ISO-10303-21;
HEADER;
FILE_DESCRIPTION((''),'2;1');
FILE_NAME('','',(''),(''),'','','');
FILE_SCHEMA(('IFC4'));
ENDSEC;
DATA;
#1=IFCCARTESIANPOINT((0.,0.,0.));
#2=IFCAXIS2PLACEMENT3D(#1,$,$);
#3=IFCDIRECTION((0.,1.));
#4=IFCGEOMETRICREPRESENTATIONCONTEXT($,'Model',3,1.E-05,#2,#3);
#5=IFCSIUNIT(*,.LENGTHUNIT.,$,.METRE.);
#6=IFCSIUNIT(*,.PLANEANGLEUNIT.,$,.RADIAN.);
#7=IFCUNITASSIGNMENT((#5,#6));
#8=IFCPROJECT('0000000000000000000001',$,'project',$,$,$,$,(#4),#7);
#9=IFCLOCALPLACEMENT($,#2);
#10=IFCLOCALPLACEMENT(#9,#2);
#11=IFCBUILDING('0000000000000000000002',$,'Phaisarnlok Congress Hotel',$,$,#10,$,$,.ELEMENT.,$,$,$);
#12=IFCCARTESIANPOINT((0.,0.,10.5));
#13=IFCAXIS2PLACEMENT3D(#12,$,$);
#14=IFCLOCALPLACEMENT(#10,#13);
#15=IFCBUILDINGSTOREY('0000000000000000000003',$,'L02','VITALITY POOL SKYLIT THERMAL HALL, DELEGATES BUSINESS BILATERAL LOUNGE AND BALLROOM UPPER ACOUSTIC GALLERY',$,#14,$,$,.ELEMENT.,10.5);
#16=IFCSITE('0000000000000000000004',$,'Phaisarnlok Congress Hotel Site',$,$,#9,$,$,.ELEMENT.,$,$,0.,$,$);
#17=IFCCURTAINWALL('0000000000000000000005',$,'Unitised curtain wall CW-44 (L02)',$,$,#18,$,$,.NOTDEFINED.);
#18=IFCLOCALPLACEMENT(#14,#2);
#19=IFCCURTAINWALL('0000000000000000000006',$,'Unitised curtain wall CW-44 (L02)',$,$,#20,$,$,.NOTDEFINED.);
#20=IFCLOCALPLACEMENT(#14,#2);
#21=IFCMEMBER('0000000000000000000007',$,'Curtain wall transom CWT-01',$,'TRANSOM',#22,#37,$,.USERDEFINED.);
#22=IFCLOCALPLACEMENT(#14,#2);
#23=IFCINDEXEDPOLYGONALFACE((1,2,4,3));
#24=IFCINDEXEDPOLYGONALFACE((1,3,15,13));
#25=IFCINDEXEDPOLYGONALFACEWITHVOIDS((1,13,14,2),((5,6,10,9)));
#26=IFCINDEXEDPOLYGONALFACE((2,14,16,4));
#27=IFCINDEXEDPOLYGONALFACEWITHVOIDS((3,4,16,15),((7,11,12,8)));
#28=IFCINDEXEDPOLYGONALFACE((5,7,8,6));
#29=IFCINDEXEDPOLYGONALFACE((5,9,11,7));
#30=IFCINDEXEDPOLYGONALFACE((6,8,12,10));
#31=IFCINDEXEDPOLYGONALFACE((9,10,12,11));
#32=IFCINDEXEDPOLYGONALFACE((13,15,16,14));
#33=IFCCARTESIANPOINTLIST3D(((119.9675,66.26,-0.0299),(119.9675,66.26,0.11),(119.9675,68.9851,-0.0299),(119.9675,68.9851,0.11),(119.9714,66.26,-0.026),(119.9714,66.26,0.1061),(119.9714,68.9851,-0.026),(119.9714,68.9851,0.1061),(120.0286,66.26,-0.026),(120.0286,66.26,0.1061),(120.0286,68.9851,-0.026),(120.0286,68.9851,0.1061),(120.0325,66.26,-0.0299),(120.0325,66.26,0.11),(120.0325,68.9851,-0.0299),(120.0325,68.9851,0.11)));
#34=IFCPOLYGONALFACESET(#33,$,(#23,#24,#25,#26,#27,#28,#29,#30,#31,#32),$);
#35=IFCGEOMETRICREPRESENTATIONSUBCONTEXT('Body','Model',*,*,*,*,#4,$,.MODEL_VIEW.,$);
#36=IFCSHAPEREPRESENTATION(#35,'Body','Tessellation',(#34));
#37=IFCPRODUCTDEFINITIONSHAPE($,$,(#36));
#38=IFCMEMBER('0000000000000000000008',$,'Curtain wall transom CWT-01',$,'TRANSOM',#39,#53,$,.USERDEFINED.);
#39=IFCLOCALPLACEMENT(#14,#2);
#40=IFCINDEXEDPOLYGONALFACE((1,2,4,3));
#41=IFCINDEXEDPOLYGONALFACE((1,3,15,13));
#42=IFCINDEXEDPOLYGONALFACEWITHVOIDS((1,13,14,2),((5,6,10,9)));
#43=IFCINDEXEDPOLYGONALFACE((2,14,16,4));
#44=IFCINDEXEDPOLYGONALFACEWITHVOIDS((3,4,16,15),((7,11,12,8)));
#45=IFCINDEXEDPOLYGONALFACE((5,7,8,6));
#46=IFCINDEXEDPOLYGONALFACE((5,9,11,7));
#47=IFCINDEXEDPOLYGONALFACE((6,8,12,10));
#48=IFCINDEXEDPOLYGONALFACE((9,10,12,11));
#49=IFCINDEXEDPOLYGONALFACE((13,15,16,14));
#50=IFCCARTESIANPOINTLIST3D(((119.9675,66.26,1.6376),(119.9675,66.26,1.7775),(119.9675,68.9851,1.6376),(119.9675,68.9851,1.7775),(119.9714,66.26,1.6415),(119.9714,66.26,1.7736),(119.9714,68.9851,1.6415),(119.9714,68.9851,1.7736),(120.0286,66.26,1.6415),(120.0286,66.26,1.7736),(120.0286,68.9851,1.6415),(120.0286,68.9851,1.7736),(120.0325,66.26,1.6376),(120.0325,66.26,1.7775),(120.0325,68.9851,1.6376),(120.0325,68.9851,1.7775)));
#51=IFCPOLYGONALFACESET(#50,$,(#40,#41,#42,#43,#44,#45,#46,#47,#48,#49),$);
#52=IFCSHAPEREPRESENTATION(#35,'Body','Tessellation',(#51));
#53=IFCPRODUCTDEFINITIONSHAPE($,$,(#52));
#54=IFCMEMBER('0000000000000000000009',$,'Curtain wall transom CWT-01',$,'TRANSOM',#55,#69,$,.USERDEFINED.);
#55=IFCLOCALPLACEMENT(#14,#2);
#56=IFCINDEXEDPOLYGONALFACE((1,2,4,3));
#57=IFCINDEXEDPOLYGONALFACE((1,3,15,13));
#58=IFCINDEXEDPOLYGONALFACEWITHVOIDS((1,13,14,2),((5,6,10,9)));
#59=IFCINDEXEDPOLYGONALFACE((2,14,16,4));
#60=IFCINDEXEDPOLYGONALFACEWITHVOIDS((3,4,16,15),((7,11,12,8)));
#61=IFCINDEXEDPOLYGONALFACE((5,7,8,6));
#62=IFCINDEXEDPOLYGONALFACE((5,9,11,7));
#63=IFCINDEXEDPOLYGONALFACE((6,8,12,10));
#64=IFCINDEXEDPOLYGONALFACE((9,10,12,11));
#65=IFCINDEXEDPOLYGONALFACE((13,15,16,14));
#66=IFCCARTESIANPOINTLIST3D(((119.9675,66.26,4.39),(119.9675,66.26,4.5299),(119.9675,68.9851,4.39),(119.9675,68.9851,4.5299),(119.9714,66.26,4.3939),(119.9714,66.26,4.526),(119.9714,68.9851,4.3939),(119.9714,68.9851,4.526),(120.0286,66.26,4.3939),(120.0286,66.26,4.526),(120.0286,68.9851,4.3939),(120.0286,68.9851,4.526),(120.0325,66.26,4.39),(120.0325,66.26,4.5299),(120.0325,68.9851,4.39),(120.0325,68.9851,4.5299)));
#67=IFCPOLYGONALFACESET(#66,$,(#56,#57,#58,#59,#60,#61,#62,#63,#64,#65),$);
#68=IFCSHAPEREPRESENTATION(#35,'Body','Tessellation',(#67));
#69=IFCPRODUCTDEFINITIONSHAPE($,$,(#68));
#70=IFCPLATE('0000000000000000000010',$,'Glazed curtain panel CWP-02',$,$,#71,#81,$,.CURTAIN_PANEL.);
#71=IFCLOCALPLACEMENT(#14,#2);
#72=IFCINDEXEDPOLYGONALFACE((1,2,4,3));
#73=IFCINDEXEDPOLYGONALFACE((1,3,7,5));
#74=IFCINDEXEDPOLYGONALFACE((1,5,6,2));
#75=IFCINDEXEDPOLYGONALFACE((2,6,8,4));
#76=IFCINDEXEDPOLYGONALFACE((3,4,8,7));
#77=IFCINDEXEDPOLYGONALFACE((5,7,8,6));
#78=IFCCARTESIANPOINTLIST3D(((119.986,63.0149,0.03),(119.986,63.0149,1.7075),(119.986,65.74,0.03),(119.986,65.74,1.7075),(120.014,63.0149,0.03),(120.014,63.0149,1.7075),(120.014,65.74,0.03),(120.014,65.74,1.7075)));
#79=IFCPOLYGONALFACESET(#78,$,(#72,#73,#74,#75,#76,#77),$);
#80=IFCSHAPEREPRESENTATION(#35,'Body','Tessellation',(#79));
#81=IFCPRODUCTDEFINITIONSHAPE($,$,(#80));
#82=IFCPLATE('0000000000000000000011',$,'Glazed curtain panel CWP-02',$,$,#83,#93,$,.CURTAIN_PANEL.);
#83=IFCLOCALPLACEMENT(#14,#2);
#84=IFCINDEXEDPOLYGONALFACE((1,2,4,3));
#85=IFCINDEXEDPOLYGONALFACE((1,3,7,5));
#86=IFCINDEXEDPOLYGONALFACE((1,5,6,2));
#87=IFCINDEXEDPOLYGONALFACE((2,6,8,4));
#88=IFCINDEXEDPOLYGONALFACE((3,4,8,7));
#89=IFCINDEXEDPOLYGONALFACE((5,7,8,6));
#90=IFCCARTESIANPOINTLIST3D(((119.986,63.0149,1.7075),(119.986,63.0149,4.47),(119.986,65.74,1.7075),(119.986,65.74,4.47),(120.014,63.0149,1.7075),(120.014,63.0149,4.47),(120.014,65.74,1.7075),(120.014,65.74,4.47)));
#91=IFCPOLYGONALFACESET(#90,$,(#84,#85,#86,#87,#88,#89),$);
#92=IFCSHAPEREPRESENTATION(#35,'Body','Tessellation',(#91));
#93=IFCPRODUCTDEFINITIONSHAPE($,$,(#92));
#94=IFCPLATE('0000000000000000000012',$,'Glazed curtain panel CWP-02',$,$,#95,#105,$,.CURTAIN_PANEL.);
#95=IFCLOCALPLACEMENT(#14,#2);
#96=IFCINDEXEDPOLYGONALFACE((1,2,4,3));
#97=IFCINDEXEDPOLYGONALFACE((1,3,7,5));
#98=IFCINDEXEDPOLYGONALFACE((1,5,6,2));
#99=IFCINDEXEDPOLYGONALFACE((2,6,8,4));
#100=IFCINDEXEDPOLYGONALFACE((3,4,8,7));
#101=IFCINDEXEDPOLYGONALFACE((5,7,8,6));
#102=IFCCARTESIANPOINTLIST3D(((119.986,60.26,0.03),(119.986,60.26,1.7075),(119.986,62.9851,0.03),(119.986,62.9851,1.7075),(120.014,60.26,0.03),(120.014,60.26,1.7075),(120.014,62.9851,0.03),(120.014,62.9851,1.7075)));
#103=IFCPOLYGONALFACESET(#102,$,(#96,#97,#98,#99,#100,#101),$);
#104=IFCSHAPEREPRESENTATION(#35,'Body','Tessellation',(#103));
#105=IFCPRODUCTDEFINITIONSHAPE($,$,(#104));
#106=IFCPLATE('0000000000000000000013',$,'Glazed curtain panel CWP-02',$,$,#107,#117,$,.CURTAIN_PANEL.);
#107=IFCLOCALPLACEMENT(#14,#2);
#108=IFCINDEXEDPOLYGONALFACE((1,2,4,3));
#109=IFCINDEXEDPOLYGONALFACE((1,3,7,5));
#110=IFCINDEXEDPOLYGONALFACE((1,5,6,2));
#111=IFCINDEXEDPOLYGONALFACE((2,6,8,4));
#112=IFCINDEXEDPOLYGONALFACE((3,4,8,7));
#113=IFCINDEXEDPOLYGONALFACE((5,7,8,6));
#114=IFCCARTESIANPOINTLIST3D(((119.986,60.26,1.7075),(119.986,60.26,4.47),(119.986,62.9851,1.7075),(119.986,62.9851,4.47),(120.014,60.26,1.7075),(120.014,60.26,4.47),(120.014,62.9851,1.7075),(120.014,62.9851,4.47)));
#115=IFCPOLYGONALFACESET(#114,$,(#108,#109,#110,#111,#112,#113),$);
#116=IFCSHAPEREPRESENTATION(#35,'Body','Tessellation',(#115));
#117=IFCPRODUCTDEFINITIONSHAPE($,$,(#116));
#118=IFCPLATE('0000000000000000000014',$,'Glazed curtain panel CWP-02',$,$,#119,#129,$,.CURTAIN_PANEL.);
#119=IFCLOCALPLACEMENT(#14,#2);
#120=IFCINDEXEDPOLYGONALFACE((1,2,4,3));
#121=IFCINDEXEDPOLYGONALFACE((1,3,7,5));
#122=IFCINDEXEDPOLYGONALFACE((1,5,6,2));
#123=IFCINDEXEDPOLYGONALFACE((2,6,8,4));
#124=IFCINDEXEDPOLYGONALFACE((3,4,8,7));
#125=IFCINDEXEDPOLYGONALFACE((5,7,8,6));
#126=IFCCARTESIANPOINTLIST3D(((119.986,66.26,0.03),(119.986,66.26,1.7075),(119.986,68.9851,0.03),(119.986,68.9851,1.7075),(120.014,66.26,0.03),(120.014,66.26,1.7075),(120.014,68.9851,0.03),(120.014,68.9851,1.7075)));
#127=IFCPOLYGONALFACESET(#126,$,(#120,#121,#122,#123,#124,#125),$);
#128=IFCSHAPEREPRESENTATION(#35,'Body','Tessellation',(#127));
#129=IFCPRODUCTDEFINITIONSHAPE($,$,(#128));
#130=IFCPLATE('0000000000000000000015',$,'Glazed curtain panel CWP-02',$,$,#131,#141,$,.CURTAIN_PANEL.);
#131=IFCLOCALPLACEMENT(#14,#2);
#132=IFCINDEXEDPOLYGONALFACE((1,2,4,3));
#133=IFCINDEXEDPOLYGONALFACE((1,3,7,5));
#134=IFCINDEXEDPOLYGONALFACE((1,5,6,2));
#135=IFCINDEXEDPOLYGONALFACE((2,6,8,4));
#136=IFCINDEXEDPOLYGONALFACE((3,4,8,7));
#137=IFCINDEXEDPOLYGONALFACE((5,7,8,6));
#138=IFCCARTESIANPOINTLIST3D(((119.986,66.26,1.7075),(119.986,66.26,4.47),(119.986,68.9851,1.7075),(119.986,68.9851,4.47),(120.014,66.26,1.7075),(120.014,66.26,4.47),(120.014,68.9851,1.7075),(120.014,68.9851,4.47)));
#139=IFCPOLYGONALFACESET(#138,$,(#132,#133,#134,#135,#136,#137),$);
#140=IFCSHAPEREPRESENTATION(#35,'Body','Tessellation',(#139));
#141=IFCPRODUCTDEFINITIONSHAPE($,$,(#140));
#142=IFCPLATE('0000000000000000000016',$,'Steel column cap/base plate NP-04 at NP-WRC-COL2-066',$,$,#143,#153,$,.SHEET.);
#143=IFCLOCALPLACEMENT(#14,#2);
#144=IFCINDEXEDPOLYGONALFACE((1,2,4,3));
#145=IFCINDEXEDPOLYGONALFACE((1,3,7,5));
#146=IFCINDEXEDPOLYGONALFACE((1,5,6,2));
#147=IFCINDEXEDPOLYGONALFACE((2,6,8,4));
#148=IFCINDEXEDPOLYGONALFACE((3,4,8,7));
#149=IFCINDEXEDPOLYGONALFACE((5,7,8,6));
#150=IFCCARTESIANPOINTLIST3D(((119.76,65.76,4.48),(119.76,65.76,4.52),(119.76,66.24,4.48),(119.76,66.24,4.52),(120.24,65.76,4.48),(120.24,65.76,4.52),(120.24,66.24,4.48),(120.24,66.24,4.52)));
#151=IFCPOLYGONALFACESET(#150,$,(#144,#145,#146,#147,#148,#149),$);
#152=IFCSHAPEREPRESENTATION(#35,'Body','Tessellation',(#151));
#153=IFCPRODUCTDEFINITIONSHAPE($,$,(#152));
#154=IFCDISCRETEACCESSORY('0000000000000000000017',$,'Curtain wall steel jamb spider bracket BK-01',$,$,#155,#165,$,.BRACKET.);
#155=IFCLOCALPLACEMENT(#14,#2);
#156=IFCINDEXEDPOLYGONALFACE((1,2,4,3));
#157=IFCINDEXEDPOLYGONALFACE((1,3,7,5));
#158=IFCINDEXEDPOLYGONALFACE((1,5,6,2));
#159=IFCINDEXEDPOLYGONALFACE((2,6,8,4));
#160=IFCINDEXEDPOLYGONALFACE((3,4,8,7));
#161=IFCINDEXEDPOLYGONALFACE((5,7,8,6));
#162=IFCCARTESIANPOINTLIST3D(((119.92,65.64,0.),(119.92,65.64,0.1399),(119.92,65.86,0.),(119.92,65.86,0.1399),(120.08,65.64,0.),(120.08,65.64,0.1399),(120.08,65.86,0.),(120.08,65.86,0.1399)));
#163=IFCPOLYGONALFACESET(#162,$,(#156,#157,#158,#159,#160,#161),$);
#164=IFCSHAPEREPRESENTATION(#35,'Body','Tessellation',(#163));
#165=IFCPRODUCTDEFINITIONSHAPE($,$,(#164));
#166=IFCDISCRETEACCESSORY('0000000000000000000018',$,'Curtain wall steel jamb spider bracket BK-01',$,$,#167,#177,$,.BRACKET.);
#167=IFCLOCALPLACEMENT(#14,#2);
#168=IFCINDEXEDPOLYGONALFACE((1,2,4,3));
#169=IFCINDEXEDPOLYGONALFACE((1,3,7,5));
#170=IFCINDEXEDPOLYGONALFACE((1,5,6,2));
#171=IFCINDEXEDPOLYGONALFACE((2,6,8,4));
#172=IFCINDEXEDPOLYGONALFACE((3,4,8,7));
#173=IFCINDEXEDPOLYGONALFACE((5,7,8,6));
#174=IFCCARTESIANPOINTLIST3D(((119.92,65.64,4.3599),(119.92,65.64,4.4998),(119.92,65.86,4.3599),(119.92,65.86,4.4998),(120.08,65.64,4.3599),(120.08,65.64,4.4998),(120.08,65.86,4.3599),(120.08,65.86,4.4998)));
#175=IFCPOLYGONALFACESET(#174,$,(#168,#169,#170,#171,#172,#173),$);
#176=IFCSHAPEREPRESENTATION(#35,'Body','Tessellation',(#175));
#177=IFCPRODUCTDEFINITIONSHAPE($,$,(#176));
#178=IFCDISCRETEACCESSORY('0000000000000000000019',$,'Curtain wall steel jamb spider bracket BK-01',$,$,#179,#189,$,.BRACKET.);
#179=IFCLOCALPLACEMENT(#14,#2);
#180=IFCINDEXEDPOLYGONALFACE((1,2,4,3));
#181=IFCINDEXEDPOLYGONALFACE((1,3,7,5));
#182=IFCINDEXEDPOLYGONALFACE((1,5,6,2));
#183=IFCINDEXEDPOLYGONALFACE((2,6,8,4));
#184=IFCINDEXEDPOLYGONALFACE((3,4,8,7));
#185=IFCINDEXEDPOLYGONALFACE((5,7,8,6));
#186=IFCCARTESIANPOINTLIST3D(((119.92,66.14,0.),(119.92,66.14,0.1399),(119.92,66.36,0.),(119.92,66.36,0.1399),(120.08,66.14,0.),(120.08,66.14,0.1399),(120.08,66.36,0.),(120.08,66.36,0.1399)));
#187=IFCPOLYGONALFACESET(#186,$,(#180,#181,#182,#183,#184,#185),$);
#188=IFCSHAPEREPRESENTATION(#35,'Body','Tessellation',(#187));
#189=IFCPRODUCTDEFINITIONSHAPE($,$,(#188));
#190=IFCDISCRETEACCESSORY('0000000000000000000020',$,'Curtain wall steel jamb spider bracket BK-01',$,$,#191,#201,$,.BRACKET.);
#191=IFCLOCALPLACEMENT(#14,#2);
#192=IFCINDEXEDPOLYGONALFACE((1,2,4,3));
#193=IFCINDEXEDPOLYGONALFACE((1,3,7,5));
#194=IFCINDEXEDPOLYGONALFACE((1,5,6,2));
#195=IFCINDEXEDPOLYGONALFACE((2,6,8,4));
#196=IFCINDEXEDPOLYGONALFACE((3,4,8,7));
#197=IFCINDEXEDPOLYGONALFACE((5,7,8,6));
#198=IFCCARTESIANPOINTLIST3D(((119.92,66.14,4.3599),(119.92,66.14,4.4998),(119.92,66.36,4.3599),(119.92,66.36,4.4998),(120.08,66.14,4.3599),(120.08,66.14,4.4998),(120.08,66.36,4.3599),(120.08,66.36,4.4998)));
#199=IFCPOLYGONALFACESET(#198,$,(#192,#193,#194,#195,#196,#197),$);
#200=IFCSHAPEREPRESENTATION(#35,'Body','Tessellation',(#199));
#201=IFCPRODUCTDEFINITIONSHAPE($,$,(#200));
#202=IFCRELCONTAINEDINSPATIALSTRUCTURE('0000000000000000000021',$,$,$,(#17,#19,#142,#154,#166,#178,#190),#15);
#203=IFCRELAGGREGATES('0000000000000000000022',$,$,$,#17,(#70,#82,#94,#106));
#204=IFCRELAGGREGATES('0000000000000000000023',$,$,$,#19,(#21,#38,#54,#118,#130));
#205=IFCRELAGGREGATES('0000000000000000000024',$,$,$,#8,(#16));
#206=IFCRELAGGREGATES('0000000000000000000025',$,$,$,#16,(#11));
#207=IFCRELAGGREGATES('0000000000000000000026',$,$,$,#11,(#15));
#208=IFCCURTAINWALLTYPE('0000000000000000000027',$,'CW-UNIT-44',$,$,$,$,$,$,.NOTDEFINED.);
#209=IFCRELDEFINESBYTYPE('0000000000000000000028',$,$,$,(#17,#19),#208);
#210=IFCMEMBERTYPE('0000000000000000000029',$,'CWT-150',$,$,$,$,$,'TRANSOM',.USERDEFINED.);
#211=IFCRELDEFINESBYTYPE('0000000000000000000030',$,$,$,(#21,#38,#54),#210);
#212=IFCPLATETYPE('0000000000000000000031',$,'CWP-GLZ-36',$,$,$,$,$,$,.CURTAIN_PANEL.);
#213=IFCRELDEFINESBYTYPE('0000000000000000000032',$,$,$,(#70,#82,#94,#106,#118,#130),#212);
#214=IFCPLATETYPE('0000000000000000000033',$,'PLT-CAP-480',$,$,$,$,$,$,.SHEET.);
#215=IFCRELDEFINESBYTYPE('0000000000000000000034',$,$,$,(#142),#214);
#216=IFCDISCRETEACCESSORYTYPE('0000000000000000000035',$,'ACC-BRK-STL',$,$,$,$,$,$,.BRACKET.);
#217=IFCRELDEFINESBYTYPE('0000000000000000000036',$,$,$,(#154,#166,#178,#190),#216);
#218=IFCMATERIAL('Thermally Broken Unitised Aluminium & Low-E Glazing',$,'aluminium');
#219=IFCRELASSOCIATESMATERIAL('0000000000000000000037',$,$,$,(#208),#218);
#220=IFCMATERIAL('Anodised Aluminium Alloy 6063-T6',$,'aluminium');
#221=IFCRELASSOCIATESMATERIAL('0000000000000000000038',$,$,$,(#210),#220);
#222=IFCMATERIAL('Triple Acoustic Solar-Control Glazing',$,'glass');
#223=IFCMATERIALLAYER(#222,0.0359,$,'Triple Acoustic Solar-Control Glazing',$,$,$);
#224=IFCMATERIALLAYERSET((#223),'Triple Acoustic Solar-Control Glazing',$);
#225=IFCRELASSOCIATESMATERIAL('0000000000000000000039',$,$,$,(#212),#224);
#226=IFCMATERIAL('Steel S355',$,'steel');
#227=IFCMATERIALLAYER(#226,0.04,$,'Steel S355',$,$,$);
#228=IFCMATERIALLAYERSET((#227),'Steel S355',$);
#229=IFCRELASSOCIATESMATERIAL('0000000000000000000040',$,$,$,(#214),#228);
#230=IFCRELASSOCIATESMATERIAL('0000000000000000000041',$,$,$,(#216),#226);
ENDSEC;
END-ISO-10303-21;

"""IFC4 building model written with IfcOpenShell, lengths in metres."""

from ifc_helpers import new_model, si_unit, direction, frame, frame_2d, origin, origin_2d, place, context, subcontext, project, spatial, rectangle, hollow_rectangle, extrude, material, layer, layer_set, material_profile, profile_set, type_object, element, aggregate, save


model = new_model("IFC4")

# Units and contexts
model_context = context("Model", 3, precision=1e-05, world=origin(), true_north=direction((0.0, 1.0)))
body_context = subcontext(model_context, "Body", "Model", "MODEL_VIEW")
ifc_project = project(units=[si_unit("LENGTHUNIT", "METRE"), si_unit("PLANEANGLEUNIT", "RADIAN")], contexts=[model_context])

# Site, building, storey
site_placement = place(None, origin())
site = spatial("IfcSite", under=ifc_project, at=site_placement, Name="Phaisarnlok Congress Hotel Site", CompositionType="ELEMENT", RefElevation=0.0)
building_placement = place(site_placement, origin())
building = spatial("IfcBuilding", under=site, at=building_placement, Name="Phaisarnlok Congress Hotel", CompositionType="ELEMENT")
storey_placement = place(building_placement, frame((0.0, 0.0, 10.5)))
storey = spatial("IfcBuildingStorey", under=building, at=storey_placement, Name="L02", Description="VITALITY POOL SKYLIT THERMAL HALL, DELEGATES BUSINESS BILATERAL LOUNGE AND BALLROOM UPPER ACOUSTIC GALLERY", CompositionType="ELEMENT", Elevation=10.5)

# Shared definitions
ifc_material_1 = material(Name="Steel S355", Category="steel")

# Curtain wall
ifc_material_2 = material(Name="Thermally Broken Unitised Aluminium & Low-E Glazing", Category="aluminium")
curtain_wall_type = type_object("IfcCurtainWallType", Name="CW-UNIT-44", PredefinedType="NOTDEFINED", material=ifc_material_2)
curtain_wall_1_placement = place(storey_placement, origin())
curtain_wall_1 = element("IfcCurtainWall", 1, at=curtain_wall_1_placement, inside=storey, type_object=curtain_wall_type, Name="Unitised curtain wall CW-44 (L02)", PredefinedType="NOTDEFINED")
ifc_material_3 = material(Name="Anodised Aluminium Alloy 6063-T6", Category="aluminium")

# Curtain wall
curtain_wall_2_placement = place(storey_placement, origin())
curtain_wall_2 = element("IfcCurtainWall", 2, at=curtain_wall_2_placement, inside=storey, type_object=curtain_wall_type, Name="Unitised curtain wall CW-44 (L02)", PredefinedType="NOTDEFINED")

# Members
ifc_material_profile_1 = material_profile(ifc_material_3, hollow_rectangle(XDim=0.0649, YDim=0.1399, WallThickness=0.0039, at=origin_2d()), Name="ALU-T 65x140x4")
ifc_profile_set_1 = profile_set([ifc_material_profile_1], Name="Anodised Aluminium Alloy 6063-T6")
member_type_1 = type_object("IfcMemberType", Name="CWT-150", ElementType="TRANSOM", PredefinedType="USERDEFINED", material=ifc_profile_set_1)
member_1_placement = place(storey_placement, frame((120.0, 68.9851, 0.04), z_axis=(0.0, -1.0, 0.0), x_axis=(1.0, 0.0, 0.0)))
member_1 = element("IfcMember", 3, at=member_1_placement, type_object=member_type_1, Name="Curtain wall transom CWT-01", ObjectType="TRANSOM", PredefinedType="USERDEFINED", context=body_context, shape_type="SweptSolid", body=[
    extrude(hollow_rectangle(XDim=0.0649, YDim=0.1399, WallThickness=0.0039, at=origin_2d()), origin(), (0.0, 0.0, 1.0), 2.7251),
])
member_2_placement = place(storey_placement, frame((120.0, 68.9851, 1.7075), z_axis=(0.0, -1.0, 0.0), x_axis=(1.0, 0.0, 0.0)))
member_2 = element("IfcMember", 4, at=member_2_placement, type_object=member_type_1, Name="Curtain wall transom CWT-01", ObjectType="TRANSOM", PredefinedType="USERDEFINED", context=body_context, shape_type="SweptSolid", body=[
    extrude(hollow_rectangle(XDim=0.0649, YDim=0.1399, WallThickness=0.0039, at=origin_2d()), origin(), (0.0, 0.0, 1.0), 2.7251),
])
member_3_placement = place(storey_placement, frame((120.0, 68.9851, 4.46), z_axis=(0.0, -1.0, 0.0), x_axis=(1.0, 0.0, 0.0)))
member_3 = element("IfcMember", 5, at=member_3_placement, type_object=member_type_1, Name="Curtain wall transom CWT-01", ObjectType="TRANSOM", PredefinedType="USERDEFINED", context=body_context, shape_type="SweptSolid", body=[
    extrude(hollow_rectangle(XDim=0.0649, YDim=0.1399, WallThickness=0.0039, at=origin_2d()), origin(), (0.0, 0.0, 1.0), 2.7251),
])

# Plates
ifc_material_4 = material(Name="Triple Acoustic Solar-Control Glazing", Category="glass")
ifc_layer_1 = layer(ifc_material_4, 0.0359, Name="Triple Acoustic Solar-Control Glazing")
ifc_layer_set_1 = layer_set([ifc_layer_1], Name="Triple Acoustic Solar-Control Glazing")
plate_type_1 = type_object("IfcPlateType", Name="CWP-GLZ-36", PredefinedType="CURTAIN_PANEL", material=ifc_layer_set_1)
plate_1_placement = place(storey_placement, frame((120.0, 65.74, 0.03), z_axis=(0.0, 0.0, 1.0), x_axis=(0.0, -1.0, 0.0)))
plate_1 = element("IfcPlate", 6, at=plate_1_placement, type_object=plate_type_1, Name="Glazed curtain panel CWP-02", PredefinedType="CURTAIN_PANEL", context=body_context, shape_type="SweptSolid", body=[
    extrude(rectangle(XDim=2.7251, YDim=0.0281, at=frame_2d((1.3625, 0.0))), origin(), (0.0, 0.0, 1.0), 1.6775),
])
plate_2_placement = place(storey_placement, frame((120.0, 65.74, 1.7075), z_axis=(0.0, 0.0, 1.0), x_axis=(0.0, -1.0, 0.0)))
plate_2 = element("IfcPlate", 7, at=plate_2_placement, type_object=plate_type_1, Name="Glazed curtain panel CWP-02", PredefinedType="CURTAIN_PANEL", context=body_context, shape_type="SweptSolid", body=[
    extrude(rectangle(XDim=2.7251, YDim=0.0281, at=frame_2d((1.3625, 0.0))), origin(), (0.0, 0.0, 1.0), 2.7625),
])
plate_3_placement = place(storey_placement, frame((120.0, 62.9851, 0.03), z_axis=(0.0, 0.0, 1.0), x_axis=(0.0, -1.0, 0.0)))
plate_3 = element("IfcPlate", 8, at=plate_3_placement, type_object=plate_type_1, Name="Glazed curtain panel CWP-02", PredefinedType="CURTAIN_PANEL", context=body_context, shape_type="SweptSolid", body=[
    extrude(rectangle(XDim=2.7251, YDim=0.0281, at=frame_2d((1.3625, 0.0))), origin(), (0.0, 0.0, 1.0), 1.6775),
])
plate_4_placement = place(storey_placement, frame((120.0, 62.9851, 1.7075), z_axis=(0.0, 0.0, 1.0), x_axis=(0.0, -1.0, 0.0)))
plate_4 = element("IfcPlate", 9, at=plate_4_placement, type_object=plate_type_1, Name="Glazed curtain panel CWP-02", PredefinedType="CURTAIN_PANEL", context=body_context, shape_type="SweptSolid", body=[
    extrude(rectangle(XDim=2.7251, YDim=0.0281, at=frame_2d((1.3625, 0.0))), origin(), (0.0, 0.0, 1.0), 2.7625),
])
aggregate(curtain_wall_1, [plate_1, plate_2, plate_3, plate_4])
plate_5_placement = place(storey_placement, frame((120.0, 68.9851, 0.03), z_axis=(0.0, 0.0, 1.0), x_axis=(0.0, -1.0, 0.0)))
plate_5 = element("IfcPlate", 10, at=plate_5_placement, type_object=plate_type_1, Name="Glazed curtain panel CWP-02", PredefinedType="CURTAIN_PANEL", context=body_context, shape_type="SweptSolid", body=[
    extrude(rectangle(XDim=2.7251, YDim=0.0281, at=frame_2d((1.3625, 0.0))), origin(), (0.0, 0.0, 1.0), 1.6775),
])
plate_6_placement = place(storey_placement, frame((120.0, 68.9851, 1.7075), z_axis=(0.0, 0.0, 1.0), x_axis=(0.0, -1.0, 0.0)))
plate_6 = element("IfcPlate", 11, at=plate_6_placement, type_object=plate_type_1, Name="Glazed curtain panel CWP-02", PredefinedType="CURTAIN_PANEL", context=body_context, shape_type="SweptSolid", body=[
    extrude(rectangle(XDim=2.7251, YDim=0.0281, at=frame_2d((1.3625, 0.0))), origin(), (0.0, 0.0, 1.0), 2.7625),
])
aggregate(curtain_wall_2, [member_1, member_2, member_3, plate_5, plate_6])
ifc_layer_2 = layer(ifc_material_1, 0.04, Name="Steel S355")
ifc_layer_set_2 = layer_set([ifc_layer_2], Name="Steel S355")
plate_type_2 = type_object("IfcPlateType", Name="PLT-CAP-480", PredefinedType="SHEET", material=ifc_layer_set_2)
plate_7_placement = place(storey_placement, frame((120.0, 66.0, 4.48), z_axis=(0.0, 0.0, 1.0), x_axis=(1.0, 0.0, 0.0)))
element("IfcPlate", 12, at=plate_7_placement, inside=storey, type_object=plate_type_2, Name="Steel column cap/base plate NP-04 at NP-WRC-COL2-066", PredefinedType="SHEET", context=body_context, shape_type="SweptSolid", body=[
    extrude(rectangle(XDim=0.48, YDim=0.48, at=origin_2d()), origin(), (0.0, 0.0, 1.0), 0.04),
])

# Discrete accessories
discrete_accessory_type = type_object("IfcDiscreteAccessoryType", Name="ACC-BRK-STL", PredefinedType="BRACKET", material=ifc_material_1)
for number, where, z_axis, x_axis, name in (
    (13, (120.0, 65.75, 0.0), (0.0, 0.0, 1.0), (1.0, 0.0, 0.0), "Curtain wall steel jamb spider bracket BK-01"),
    (14, (120.0, 65.75, 4.3599), (0.0, 0.0, 1.0), (1.0, 0.0, 0.0), "Curtain wall steel jamb spider bracket BK-01"),
    (15, (120.0, 66.25, 0.0), (0.0, 0.0, 1.0), (1.0, 0.0, 0.0), "Curtain wall steel jamb spider bracket BK-01"),
    (16, (120.0, 66.25, 4.3599), (0.0, 0.0, 1.0), (1.0, 0.0, 0.0), "Curtain wall steel jamb spider bracket BK-01"),
):
    element("IfcDiscreteAccessory", number, at=place(storey_placement, frame(where, z_axis=z_axis, x_axis=x_axis)), inside=storey, type_object=discrete_accessory_type, Name=name, PredefinedType="BRACKET", context=body_context, shape_type="SweptSolid", body=[
        extrude(rectangle(XDim=0.1599, YDim=0.22, at=origin_2d()), origin(), (0.0, 0.0, 1.0), 0.1399),
    ])

save(model, "model.ifc")
